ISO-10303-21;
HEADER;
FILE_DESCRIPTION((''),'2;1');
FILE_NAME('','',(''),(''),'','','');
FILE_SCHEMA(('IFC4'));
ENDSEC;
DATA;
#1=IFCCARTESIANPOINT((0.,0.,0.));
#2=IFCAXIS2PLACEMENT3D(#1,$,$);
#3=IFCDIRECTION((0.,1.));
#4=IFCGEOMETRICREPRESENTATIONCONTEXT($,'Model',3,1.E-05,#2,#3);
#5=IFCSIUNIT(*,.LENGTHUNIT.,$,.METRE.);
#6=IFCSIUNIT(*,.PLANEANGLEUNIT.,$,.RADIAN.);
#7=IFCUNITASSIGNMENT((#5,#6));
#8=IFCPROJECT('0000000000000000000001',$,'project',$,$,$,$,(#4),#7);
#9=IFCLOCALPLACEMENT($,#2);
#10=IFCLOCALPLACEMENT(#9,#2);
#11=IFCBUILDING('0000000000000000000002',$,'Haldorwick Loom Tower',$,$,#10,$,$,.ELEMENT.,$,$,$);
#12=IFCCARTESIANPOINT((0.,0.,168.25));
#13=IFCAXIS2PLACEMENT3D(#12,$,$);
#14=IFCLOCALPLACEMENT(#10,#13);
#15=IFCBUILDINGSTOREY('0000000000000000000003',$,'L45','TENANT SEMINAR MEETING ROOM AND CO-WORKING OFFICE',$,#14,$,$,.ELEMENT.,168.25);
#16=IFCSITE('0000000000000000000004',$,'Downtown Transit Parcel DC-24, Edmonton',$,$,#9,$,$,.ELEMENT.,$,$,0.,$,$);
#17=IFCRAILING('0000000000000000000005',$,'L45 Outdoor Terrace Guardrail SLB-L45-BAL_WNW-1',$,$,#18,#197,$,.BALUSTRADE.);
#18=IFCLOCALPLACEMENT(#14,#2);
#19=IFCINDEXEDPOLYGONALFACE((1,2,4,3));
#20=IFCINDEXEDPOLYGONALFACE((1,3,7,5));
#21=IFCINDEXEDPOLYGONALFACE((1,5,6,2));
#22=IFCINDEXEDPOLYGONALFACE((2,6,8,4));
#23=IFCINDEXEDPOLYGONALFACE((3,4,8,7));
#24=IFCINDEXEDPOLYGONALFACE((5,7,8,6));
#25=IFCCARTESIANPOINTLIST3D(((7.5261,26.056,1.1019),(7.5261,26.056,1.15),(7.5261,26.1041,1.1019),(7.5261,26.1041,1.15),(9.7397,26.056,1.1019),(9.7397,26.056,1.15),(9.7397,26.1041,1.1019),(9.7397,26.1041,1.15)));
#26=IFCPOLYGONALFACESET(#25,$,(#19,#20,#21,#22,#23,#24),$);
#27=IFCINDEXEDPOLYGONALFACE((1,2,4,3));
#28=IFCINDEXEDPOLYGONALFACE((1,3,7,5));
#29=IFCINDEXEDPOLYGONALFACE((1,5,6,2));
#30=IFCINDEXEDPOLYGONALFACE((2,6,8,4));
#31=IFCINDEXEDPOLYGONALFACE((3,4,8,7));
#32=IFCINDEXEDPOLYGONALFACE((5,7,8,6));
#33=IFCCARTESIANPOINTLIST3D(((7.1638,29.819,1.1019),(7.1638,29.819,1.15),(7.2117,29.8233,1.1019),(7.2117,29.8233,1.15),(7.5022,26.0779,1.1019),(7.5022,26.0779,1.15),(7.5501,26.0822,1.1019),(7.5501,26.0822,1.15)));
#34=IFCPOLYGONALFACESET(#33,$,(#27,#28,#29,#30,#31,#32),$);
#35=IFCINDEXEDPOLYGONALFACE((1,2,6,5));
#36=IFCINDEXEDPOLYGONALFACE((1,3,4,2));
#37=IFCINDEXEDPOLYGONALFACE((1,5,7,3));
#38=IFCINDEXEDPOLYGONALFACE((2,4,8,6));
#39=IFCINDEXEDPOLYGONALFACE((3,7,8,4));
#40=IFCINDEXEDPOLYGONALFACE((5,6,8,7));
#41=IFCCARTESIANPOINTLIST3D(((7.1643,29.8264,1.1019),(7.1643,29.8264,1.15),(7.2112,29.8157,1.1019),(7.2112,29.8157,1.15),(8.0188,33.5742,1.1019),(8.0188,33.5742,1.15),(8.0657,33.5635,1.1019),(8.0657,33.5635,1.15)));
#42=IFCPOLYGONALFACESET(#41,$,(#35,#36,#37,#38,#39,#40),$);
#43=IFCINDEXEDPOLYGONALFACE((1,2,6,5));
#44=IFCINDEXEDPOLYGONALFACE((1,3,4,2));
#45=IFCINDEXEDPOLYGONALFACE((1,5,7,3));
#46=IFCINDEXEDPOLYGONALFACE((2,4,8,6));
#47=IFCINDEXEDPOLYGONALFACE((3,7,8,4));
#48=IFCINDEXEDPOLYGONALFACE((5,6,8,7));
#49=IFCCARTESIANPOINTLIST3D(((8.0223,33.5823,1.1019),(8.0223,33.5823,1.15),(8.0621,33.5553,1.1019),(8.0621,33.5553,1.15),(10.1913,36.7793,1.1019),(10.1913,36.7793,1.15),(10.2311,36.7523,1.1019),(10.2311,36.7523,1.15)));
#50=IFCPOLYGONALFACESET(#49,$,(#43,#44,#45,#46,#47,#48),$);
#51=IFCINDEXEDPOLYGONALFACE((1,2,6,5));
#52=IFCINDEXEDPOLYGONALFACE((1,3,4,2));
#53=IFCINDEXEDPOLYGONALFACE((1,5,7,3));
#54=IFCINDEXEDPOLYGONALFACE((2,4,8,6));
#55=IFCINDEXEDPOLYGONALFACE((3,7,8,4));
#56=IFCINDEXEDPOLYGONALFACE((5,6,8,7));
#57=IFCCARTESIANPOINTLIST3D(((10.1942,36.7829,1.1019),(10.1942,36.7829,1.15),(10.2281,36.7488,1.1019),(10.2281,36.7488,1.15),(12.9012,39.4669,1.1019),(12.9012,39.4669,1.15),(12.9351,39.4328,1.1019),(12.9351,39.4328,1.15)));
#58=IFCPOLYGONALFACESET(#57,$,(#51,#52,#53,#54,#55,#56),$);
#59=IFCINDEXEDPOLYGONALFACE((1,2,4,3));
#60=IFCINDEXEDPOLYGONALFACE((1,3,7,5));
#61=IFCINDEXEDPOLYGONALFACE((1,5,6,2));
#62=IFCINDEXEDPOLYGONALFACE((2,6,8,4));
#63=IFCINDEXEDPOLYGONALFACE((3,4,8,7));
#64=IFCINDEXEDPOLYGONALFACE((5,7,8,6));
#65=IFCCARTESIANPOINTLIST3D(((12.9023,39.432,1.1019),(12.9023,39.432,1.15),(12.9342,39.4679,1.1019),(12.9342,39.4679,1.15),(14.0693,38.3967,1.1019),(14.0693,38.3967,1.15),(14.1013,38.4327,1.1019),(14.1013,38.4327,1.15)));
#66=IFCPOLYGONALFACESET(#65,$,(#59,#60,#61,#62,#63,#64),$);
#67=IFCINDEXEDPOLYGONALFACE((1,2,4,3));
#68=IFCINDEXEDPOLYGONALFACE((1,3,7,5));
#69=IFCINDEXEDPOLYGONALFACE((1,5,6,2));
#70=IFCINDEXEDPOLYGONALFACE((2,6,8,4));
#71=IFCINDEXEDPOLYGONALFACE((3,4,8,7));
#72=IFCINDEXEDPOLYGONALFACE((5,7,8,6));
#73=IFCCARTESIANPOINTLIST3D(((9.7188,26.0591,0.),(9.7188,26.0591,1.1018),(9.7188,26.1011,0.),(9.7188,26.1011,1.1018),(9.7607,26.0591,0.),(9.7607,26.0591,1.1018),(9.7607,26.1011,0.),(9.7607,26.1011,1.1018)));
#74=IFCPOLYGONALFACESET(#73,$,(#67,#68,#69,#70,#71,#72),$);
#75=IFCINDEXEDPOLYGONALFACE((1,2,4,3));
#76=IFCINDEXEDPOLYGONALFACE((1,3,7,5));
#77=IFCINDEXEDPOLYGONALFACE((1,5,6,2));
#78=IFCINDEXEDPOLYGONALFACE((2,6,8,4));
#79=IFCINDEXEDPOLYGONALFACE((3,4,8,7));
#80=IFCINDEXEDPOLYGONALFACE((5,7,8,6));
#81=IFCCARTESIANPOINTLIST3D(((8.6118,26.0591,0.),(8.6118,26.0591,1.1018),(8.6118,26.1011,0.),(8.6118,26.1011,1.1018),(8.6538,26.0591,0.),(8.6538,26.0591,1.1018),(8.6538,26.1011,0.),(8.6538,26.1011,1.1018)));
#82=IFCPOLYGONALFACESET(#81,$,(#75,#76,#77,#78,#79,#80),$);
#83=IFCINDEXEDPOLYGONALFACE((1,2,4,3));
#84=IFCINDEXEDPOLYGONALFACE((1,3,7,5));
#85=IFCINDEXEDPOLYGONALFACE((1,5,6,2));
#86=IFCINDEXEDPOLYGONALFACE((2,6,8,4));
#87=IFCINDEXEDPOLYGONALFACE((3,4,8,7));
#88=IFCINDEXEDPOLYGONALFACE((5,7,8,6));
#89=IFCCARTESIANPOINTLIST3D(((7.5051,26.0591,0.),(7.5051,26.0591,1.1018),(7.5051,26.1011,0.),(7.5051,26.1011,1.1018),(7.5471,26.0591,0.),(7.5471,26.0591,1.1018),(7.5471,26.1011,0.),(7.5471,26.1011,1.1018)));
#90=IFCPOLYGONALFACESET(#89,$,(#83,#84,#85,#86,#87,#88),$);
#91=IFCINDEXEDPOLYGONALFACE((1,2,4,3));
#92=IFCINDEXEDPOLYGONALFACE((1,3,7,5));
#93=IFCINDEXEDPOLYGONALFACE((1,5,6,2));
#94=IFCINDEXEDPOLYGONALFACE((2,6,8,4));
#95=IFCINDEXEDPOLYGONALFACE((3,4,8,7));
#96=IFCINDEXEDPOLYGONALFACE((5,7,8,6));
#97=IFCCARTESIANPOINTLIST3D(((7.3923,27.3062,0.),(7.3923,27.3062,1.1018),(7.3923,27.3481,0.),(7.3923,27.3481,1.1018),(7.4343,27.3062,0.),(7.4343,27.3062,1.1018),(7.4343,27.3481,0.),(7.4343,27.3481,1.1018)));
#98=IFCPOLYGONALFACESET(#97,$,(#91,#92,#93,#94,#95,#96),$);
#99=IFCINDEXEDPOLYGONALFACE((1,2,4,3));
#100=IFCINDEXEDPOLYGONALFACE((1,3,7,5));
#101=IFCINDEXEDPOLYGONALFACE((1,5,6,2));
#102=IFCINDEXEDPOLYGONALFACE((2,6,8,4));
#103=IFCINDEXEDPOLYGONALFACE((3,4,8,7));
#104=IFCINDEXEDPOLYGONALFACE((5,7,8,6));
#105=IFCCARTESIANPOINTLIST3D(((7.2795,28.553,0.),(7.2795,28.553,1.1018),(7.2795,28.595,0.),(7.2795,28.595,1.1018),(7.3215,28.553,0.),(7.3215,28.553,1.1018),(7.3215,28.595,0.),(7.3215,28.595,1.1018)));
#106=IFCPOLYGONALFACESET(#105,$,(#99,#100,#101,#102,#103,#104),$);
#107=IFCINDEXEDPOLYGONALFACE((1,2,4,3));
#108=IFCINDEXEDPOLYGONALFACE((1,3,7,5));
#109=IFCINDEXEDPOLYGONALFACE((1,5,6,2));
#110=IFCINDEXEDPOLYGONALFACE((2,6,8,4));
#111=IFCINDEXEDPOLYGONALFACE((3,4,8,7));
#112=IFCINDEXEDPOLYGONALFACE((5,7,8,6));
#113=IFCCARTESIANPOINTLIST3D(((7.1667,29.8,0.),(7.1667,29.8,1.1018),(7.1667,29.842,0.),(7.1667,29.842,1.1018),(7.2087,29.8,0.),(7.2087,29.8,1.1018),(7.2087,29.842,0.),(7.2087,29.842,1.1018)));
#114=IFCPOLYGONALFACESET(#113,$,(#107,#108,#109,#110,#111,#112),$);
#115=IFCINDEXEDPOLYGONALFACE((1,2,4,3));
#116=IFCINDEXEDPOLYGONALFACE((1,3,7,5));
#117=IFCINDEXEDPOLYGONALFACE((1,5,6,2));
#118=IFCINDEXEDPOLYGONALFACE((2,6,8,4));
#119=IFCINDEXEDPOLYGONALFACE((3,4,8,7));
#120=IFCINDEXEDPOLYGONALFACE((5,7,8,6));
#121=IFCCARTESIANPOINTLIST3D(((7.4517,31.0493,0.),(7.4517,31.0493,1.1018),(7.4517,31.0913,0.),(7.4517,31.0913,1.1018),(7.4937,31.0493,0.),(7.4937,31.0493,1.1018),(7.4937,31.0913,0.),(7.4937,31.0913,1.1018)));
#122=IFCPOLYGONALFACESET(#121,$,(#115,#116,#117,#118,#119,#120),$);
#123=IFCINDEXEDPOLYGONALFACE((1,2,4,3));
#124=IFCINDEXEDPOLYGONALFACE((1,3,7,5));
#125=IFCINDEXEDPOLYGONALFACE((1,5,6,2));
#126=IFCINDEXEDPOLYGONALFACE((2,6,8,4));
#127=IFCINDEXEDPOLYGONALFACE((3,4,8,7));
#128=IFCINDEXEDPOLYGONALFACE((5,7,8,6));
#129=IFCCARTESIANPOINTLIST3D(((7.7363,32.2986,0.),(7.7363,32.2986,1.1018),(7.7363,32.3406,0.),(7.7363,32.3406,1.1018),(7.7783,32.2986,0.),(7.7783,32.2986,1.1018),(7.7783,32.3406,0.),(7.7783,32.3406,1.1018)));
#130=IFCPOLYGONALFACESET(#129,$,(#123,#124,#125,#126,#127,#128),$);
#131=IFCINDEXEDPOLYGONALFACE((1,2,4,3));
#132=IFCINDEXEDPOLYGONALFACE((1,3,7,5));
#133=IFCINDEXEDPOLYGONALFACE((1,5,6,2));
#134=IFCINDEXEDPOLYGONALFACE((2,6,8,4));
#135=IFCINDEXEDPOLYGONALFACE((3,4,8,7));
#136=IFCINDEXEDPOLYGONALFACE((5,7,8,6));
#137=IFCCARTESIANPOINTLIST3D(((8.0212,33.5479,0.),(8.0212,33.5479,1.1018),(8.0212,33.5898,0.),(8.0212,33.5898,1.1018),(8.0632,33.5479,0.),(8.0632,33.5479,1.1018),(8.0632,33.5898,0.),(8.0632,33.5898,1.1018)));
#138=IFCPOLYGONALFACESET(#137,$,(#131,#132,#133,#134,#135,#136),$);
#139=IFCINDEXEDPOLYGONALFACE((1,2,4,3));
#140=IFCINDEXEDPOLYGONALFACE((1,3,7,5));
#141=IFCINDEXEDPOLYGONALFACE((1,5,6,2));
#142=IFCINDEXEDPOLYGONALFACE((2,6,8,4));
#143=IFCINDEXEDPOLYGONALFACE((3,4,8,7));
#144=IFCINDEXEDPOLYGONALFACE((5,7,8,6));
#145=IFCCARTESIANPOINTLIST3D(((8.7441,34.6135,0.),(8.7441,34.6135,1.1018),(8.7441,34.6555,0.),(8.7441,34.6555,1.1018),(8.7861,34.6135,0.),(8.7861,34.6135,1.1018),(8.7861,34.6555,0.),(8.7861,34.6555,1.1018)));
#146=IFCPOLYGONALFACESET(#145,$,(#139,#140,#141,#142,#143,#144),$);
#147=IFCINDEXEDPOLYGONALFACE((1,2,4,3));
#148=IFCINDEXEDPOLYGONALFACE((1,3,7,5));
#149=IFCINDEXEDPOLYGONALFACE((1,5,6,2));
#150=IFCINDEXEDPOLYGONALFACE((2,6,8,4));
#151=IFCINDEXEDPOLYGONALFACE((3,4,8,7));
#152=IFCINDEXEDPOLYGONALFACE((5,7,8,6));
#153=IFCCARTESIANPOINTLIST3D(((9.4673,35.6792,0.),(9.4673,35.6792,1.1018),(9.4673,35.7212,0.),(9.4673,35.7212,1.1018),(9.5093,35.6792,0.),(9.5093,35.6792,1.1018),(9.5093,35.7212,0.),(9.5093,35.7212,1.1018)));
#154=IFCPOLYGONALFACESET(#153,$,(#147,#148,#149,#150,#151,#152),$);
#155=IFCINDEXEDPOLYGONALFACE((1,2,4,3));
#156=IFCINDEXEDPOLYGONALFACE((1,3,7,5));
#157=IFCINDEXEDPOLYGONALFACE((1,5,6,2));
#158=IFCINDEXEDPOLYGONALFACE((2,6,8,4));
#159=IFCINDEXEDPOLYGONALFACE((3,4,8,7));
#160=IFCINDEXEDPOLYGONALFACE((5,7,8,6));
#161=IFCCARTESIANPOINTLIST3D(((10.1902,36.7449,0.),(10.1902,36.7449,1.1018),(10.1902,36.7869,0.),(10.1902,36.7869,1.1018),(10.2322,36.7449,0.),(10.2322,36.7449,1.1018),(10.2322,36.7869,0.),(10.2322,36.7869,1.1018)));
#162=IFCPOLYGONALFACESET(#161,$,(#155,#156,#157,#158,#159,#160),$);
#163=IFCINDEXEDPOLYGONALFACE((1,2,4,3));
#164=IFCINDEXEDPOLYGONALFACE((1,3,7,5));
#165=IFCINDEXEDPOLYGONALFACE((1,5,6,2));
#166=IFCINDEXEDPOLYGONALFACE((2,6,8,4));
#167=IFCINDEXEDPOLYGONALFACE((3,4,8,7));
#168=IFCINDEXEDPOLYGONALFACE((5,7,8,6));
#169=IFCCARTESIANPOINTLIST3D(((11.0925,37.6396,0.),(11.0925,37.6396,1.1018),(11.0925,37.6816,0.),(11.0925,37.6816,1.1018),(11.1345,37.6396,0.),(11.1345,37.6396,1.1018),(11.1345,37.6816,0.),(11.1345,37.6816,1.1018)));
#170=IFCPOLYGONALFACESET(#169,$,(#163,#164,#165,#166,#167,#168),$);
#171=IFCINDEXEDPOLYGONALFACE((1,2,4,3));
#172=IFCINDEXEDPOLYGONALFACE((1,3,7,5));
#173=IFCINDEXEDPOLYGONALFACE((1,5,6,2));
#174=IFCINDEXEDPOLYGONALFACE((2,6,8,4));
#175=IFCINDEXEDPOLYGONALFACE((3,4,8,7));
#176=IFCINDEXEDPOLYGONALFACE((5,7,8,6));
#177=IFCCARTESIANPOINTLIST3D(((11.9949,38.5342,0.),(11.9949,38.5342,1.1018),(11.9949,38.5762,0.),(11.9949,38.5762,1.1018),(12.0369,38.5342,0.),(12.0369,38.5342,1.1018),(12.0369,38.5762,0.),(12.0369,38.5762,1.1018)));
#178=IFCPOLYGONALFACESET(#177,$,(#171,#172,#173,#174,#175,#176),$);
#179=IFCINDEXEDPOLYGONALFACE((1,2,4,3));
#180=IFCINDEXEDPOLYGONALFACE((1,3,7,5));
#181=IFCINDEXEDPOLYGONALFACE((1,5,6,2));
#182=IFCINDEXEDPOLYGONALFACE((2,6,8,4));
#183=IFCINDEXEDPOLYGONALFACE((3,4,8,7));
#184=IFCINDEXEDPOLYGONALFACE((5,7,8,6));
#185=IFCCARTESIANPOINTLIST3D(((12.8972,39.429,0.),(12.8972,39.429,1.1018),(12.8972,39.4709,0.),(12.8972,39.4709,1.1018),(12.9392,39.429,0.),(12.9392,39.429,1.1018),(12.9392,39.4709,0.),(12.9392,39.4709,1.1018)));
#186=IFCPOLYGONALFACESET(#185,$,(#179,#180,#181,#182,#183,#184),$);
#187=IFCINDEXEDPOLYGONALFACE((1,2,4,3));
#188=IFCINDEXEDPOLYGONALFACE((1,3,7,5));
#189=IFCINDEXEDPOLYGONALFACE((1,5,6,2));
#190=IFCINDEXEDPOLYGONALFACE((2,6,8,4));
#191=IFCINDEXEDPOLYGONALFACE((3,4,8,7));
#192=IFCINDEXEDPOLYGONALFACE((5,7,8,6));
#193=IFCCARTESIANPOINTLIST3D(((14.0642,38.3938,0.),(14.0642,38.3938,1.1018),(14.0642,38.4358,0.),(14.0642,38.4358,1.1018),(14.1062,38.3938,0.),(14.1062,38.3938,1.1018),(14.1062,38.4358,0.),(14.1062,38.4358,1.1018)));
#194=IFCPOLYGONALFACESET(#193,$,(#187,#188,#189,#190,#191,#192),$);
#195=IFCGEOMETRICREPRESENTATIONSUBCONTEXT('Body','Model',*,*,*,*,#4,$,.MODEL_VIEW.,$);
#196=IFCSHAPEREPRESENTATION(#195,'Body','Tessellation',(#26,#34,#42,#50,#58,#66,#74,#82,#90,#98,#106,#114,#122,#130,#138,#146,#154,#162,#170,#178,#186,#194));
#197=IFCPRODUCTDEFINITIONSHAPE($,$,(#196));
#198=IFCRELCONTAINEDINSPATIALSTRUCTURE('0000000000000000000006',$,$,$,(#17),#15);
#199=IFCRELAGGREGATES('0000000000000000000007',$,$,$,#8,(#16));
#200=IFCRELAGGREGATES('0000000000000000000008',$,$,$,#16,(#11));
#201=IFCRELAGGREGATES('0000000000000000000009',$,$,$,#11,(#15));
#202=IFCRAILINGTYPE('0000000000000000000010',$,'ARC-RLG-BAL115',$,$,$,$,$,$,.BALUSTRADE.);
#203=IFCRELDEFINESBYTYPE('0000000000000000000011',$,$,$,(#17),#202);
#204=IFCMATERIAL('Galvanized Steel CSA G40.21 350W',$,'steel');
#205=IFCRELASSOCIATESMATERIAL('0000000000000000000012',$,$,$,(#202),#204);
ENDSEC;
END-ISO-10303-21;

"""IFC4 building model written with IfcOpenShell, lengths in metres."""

from ifc_helpers import new_model, si_unit, direction, frame, origin, origin_2d, place, context, subcontext, project, spatial, rectangle, extrude, material, type_object, element, save


model = new_model("IFC4")

# Units and contexts
model_context = context("Model", 3, precision=1e-05, world=origin(), true_north=direction((0.0, 1.0)))
body_context = subcontext(model_context, "Body", "Model", "MODEL_VIEW")
ifc_project = project(units=[si_unit("LENGTHUNIT", "METRE"), si_unit("PLANEANGLEUNIT", "RADIAN")], contexts=[model_context])

# Site, building, storey
site_placement = place(None, origin())
site = spatial("IfcSite", under=ifc_project, at=site_placement, Name="Downtown Transit Parcel DC-24, Edmonton", CompositionType="ELEMENT", RefElevation=0.0)
building_placement = place(site_placement, origin())
building = spatial("IfcBuilding", under=site, at=building_placement, Name="Haldorwick Loom Tower", CompositionType="ELEMENT")
storey_placement = place(building_placement, frame((0.0, 0.0, 168.25)))
storey = spatial("IfcBuildingStorey", under=building, at=storey_placement, Name="L45", Description="TENANT SEMINAR MEETING ROOM AND CO-WORKING OFFICE", CompositionType="ELEMENT", Elevation=168.25)

# Railing
ifc_material_1 = material(Name="Galvanized Steel CSA G40.21 350W", Category="steel")
railing_type = type_object("IfcRailingType", Name="ARC-RLG-BAL115", PredefinedType="BALUSTRADE", material=ifc_material_1)
railing_placement = place(storey_placement, frame((9.7397, 26.0801, 0.0)))
element("IfcRailing", 1, at=railing_placement, inside=storey, type_object=railing_type, Name="L45 Outdoor Terrace Guardrail SLB-L45-BAL_WNW-1", PredefinedType="BALUSTRADE", context=body_context, shape_type="SweptSolid", body=[
    extrude(rectangle(XDim=0.0481, YDim=0.0481, at=origin_2d()), frame((0.0, 0.0, 1.126), z_axis=(-1.0, 0.0, 0.0), x_axis=(0.0, -1.0, 0.0)), (0.0, 0.0, 1.0), 2.2136),
    extrude(rectangle(XDim=0.0481, YDim=0.0481, at=origin_2d()), frame((-2.2136, 0.0, 1.126), z_axis=(-0.090084, 0.995934, 0.0), x_axis=(-0.995934, -0.090084, 0.0)), (0.0, 0.0, 1.0), 3.7563),
    extrude(rectangle(XDim=0.0481, YDim=0.0481, at=origin_2d()), frame((-2.552, 3.741, 1.126), z_axis=(0.222294, 0.97498, 0.0), x_axis=(-0.97498, 0.222294, 0.0)), (0.0, 0.0, 1.0), 3.844),
    extrude(rectangle(XDim=0.0481, YDim=0.0481, at=origin_2d()), frame((-1.6975, 7.4888, 1.126), z_axis=(0.56142, 0.827531, 0.0), x_axis=(-0.827531, 0.56142, 0.0)), (0.0, 0.0, 1.0), 3.8633),
    extrude(rectangle(XDim=0.0481, YDim=0.0481, at=origin_2d()), frame((0.4714, 10.6858, 1.126), z_axis=(0.71011, 0.70409, 0.0), x_axis=(-0.70409, 0.71011, 0.0)), (0.0, 0.0, 1.0), 3.812),
    extrude(rectangle(XDim=0.0481, YDim=0.0481, at=origin_2d()), frame((3.1785, 13.3699, 1.126), z_axis=(0.7481, -0.663586, 0.0), x_axis=(0.663586, 0.7481, 0.0)), (0.0, 0.0, 1.0), 1.5601),
    extrude(rectangle(XDim=0.042, YDim=0.042, at=origin_2d()), origin(), (0.0, 0.0, 1.0), 1.1018),
    extrude(rectangle(XDim=0.042, YDim=0.042, at=origin_2d()), frame((-1.1069, 0.0, 0.0)), (0.0, 0.0, 1.0), 1.1018),
    extrude(rectangle(XDim=0.042, YDim=0.042, at=origin_2d()), frame((-2.2136, 0.0, 0.0)), (0.0, 0.0, 1.0), 1.1018),
    extrude(rectangle(XDim=0.042, YDim=0.042, at=origin_2d()), frame((-2.3264, 1.2471, 0.0)), (0.0, 0.0, 1.0), 1.1018),
    extrude(rectangle(XDim=0.042, YDim=0.042, at=origin_2d()), frame((-2.4392, 2.4939, 0.0)), (0.0, 0.0, 1.0), 1.1018),
    extrude(rectangle(XDim=0.042, YDim=0.042, at=origin_2d()), frame((-2.552, 3.741, 0.0)), (0.0, 0.0, 1.0), 1.1018),
    extrude(rectangle(XDim=0.042, YDim=0.042, at=origin_2d()), frame((-2.2671, 4.9902, 0.0)), (0.0, 0.0, 1.0), 1.1018),
    extrude(rectangle(XDim=0.042, YDim=0.042, at=origin_2d()), frame((-1.9824, 6.2395, 0.0)), (0.0, 0.0, 1.0), 1.1018),
    extrude(rectangle(XDim=0.042, YDim=0.042, at=origin_2d()), frame((-1.6975, 7.4888, 0.0)), (0.0, 0.0, 1.0), 1.1018),
    extrude(rectangle(XDim=0.042, YDim=0.042, at=origin_2d()), frame((-0.9746, 8.5544, 0.0)), (0.0, 0.0, 1.0), 1.1018),
    extrude(rectangle(XDim=0.042, YDim=0.042, at=origin_2d()), frame((-0.2515, 9.6201, 0.0)), (0.0, 0.0, 1.0), 1.1018),
    extrude(rectangle(XDim=0.042, YDim=0.042, at=origin_2d()), frame((0.4714, 10.6858, 0.0)), (0.0, 0.0, 1.0), 1.1018),
    extrude(rectangle(XDim=0.042, YDim=0.042, at=origin_2d()), frame((1.3738, 11.5806, 0.0)), (0.0, 0.0, 1.0), 1.1018),
    extrude(rectangle(XDim=0.042, YDim=0.042, at=origin_2d()), frame((2.2761, 12.4751, 0.0)), (0.0, 0.0, 1.0), 1.1018),
    extrude(rectangle(XDim=0.042, YDim=0.042, at=origin_2d()), frame((3.1785, 13.3699, 0.0)), (0.0, 0.0, 1.0), 1.1018),
    extrude(rectangle(XDim=0.042, YDim=0.042, at=origin_2d()), frame((4.3455, 12.3347, 0.0)), (0.0, 0.0, 1.0), 1.1018),
])

save(model, "model.ifc")
